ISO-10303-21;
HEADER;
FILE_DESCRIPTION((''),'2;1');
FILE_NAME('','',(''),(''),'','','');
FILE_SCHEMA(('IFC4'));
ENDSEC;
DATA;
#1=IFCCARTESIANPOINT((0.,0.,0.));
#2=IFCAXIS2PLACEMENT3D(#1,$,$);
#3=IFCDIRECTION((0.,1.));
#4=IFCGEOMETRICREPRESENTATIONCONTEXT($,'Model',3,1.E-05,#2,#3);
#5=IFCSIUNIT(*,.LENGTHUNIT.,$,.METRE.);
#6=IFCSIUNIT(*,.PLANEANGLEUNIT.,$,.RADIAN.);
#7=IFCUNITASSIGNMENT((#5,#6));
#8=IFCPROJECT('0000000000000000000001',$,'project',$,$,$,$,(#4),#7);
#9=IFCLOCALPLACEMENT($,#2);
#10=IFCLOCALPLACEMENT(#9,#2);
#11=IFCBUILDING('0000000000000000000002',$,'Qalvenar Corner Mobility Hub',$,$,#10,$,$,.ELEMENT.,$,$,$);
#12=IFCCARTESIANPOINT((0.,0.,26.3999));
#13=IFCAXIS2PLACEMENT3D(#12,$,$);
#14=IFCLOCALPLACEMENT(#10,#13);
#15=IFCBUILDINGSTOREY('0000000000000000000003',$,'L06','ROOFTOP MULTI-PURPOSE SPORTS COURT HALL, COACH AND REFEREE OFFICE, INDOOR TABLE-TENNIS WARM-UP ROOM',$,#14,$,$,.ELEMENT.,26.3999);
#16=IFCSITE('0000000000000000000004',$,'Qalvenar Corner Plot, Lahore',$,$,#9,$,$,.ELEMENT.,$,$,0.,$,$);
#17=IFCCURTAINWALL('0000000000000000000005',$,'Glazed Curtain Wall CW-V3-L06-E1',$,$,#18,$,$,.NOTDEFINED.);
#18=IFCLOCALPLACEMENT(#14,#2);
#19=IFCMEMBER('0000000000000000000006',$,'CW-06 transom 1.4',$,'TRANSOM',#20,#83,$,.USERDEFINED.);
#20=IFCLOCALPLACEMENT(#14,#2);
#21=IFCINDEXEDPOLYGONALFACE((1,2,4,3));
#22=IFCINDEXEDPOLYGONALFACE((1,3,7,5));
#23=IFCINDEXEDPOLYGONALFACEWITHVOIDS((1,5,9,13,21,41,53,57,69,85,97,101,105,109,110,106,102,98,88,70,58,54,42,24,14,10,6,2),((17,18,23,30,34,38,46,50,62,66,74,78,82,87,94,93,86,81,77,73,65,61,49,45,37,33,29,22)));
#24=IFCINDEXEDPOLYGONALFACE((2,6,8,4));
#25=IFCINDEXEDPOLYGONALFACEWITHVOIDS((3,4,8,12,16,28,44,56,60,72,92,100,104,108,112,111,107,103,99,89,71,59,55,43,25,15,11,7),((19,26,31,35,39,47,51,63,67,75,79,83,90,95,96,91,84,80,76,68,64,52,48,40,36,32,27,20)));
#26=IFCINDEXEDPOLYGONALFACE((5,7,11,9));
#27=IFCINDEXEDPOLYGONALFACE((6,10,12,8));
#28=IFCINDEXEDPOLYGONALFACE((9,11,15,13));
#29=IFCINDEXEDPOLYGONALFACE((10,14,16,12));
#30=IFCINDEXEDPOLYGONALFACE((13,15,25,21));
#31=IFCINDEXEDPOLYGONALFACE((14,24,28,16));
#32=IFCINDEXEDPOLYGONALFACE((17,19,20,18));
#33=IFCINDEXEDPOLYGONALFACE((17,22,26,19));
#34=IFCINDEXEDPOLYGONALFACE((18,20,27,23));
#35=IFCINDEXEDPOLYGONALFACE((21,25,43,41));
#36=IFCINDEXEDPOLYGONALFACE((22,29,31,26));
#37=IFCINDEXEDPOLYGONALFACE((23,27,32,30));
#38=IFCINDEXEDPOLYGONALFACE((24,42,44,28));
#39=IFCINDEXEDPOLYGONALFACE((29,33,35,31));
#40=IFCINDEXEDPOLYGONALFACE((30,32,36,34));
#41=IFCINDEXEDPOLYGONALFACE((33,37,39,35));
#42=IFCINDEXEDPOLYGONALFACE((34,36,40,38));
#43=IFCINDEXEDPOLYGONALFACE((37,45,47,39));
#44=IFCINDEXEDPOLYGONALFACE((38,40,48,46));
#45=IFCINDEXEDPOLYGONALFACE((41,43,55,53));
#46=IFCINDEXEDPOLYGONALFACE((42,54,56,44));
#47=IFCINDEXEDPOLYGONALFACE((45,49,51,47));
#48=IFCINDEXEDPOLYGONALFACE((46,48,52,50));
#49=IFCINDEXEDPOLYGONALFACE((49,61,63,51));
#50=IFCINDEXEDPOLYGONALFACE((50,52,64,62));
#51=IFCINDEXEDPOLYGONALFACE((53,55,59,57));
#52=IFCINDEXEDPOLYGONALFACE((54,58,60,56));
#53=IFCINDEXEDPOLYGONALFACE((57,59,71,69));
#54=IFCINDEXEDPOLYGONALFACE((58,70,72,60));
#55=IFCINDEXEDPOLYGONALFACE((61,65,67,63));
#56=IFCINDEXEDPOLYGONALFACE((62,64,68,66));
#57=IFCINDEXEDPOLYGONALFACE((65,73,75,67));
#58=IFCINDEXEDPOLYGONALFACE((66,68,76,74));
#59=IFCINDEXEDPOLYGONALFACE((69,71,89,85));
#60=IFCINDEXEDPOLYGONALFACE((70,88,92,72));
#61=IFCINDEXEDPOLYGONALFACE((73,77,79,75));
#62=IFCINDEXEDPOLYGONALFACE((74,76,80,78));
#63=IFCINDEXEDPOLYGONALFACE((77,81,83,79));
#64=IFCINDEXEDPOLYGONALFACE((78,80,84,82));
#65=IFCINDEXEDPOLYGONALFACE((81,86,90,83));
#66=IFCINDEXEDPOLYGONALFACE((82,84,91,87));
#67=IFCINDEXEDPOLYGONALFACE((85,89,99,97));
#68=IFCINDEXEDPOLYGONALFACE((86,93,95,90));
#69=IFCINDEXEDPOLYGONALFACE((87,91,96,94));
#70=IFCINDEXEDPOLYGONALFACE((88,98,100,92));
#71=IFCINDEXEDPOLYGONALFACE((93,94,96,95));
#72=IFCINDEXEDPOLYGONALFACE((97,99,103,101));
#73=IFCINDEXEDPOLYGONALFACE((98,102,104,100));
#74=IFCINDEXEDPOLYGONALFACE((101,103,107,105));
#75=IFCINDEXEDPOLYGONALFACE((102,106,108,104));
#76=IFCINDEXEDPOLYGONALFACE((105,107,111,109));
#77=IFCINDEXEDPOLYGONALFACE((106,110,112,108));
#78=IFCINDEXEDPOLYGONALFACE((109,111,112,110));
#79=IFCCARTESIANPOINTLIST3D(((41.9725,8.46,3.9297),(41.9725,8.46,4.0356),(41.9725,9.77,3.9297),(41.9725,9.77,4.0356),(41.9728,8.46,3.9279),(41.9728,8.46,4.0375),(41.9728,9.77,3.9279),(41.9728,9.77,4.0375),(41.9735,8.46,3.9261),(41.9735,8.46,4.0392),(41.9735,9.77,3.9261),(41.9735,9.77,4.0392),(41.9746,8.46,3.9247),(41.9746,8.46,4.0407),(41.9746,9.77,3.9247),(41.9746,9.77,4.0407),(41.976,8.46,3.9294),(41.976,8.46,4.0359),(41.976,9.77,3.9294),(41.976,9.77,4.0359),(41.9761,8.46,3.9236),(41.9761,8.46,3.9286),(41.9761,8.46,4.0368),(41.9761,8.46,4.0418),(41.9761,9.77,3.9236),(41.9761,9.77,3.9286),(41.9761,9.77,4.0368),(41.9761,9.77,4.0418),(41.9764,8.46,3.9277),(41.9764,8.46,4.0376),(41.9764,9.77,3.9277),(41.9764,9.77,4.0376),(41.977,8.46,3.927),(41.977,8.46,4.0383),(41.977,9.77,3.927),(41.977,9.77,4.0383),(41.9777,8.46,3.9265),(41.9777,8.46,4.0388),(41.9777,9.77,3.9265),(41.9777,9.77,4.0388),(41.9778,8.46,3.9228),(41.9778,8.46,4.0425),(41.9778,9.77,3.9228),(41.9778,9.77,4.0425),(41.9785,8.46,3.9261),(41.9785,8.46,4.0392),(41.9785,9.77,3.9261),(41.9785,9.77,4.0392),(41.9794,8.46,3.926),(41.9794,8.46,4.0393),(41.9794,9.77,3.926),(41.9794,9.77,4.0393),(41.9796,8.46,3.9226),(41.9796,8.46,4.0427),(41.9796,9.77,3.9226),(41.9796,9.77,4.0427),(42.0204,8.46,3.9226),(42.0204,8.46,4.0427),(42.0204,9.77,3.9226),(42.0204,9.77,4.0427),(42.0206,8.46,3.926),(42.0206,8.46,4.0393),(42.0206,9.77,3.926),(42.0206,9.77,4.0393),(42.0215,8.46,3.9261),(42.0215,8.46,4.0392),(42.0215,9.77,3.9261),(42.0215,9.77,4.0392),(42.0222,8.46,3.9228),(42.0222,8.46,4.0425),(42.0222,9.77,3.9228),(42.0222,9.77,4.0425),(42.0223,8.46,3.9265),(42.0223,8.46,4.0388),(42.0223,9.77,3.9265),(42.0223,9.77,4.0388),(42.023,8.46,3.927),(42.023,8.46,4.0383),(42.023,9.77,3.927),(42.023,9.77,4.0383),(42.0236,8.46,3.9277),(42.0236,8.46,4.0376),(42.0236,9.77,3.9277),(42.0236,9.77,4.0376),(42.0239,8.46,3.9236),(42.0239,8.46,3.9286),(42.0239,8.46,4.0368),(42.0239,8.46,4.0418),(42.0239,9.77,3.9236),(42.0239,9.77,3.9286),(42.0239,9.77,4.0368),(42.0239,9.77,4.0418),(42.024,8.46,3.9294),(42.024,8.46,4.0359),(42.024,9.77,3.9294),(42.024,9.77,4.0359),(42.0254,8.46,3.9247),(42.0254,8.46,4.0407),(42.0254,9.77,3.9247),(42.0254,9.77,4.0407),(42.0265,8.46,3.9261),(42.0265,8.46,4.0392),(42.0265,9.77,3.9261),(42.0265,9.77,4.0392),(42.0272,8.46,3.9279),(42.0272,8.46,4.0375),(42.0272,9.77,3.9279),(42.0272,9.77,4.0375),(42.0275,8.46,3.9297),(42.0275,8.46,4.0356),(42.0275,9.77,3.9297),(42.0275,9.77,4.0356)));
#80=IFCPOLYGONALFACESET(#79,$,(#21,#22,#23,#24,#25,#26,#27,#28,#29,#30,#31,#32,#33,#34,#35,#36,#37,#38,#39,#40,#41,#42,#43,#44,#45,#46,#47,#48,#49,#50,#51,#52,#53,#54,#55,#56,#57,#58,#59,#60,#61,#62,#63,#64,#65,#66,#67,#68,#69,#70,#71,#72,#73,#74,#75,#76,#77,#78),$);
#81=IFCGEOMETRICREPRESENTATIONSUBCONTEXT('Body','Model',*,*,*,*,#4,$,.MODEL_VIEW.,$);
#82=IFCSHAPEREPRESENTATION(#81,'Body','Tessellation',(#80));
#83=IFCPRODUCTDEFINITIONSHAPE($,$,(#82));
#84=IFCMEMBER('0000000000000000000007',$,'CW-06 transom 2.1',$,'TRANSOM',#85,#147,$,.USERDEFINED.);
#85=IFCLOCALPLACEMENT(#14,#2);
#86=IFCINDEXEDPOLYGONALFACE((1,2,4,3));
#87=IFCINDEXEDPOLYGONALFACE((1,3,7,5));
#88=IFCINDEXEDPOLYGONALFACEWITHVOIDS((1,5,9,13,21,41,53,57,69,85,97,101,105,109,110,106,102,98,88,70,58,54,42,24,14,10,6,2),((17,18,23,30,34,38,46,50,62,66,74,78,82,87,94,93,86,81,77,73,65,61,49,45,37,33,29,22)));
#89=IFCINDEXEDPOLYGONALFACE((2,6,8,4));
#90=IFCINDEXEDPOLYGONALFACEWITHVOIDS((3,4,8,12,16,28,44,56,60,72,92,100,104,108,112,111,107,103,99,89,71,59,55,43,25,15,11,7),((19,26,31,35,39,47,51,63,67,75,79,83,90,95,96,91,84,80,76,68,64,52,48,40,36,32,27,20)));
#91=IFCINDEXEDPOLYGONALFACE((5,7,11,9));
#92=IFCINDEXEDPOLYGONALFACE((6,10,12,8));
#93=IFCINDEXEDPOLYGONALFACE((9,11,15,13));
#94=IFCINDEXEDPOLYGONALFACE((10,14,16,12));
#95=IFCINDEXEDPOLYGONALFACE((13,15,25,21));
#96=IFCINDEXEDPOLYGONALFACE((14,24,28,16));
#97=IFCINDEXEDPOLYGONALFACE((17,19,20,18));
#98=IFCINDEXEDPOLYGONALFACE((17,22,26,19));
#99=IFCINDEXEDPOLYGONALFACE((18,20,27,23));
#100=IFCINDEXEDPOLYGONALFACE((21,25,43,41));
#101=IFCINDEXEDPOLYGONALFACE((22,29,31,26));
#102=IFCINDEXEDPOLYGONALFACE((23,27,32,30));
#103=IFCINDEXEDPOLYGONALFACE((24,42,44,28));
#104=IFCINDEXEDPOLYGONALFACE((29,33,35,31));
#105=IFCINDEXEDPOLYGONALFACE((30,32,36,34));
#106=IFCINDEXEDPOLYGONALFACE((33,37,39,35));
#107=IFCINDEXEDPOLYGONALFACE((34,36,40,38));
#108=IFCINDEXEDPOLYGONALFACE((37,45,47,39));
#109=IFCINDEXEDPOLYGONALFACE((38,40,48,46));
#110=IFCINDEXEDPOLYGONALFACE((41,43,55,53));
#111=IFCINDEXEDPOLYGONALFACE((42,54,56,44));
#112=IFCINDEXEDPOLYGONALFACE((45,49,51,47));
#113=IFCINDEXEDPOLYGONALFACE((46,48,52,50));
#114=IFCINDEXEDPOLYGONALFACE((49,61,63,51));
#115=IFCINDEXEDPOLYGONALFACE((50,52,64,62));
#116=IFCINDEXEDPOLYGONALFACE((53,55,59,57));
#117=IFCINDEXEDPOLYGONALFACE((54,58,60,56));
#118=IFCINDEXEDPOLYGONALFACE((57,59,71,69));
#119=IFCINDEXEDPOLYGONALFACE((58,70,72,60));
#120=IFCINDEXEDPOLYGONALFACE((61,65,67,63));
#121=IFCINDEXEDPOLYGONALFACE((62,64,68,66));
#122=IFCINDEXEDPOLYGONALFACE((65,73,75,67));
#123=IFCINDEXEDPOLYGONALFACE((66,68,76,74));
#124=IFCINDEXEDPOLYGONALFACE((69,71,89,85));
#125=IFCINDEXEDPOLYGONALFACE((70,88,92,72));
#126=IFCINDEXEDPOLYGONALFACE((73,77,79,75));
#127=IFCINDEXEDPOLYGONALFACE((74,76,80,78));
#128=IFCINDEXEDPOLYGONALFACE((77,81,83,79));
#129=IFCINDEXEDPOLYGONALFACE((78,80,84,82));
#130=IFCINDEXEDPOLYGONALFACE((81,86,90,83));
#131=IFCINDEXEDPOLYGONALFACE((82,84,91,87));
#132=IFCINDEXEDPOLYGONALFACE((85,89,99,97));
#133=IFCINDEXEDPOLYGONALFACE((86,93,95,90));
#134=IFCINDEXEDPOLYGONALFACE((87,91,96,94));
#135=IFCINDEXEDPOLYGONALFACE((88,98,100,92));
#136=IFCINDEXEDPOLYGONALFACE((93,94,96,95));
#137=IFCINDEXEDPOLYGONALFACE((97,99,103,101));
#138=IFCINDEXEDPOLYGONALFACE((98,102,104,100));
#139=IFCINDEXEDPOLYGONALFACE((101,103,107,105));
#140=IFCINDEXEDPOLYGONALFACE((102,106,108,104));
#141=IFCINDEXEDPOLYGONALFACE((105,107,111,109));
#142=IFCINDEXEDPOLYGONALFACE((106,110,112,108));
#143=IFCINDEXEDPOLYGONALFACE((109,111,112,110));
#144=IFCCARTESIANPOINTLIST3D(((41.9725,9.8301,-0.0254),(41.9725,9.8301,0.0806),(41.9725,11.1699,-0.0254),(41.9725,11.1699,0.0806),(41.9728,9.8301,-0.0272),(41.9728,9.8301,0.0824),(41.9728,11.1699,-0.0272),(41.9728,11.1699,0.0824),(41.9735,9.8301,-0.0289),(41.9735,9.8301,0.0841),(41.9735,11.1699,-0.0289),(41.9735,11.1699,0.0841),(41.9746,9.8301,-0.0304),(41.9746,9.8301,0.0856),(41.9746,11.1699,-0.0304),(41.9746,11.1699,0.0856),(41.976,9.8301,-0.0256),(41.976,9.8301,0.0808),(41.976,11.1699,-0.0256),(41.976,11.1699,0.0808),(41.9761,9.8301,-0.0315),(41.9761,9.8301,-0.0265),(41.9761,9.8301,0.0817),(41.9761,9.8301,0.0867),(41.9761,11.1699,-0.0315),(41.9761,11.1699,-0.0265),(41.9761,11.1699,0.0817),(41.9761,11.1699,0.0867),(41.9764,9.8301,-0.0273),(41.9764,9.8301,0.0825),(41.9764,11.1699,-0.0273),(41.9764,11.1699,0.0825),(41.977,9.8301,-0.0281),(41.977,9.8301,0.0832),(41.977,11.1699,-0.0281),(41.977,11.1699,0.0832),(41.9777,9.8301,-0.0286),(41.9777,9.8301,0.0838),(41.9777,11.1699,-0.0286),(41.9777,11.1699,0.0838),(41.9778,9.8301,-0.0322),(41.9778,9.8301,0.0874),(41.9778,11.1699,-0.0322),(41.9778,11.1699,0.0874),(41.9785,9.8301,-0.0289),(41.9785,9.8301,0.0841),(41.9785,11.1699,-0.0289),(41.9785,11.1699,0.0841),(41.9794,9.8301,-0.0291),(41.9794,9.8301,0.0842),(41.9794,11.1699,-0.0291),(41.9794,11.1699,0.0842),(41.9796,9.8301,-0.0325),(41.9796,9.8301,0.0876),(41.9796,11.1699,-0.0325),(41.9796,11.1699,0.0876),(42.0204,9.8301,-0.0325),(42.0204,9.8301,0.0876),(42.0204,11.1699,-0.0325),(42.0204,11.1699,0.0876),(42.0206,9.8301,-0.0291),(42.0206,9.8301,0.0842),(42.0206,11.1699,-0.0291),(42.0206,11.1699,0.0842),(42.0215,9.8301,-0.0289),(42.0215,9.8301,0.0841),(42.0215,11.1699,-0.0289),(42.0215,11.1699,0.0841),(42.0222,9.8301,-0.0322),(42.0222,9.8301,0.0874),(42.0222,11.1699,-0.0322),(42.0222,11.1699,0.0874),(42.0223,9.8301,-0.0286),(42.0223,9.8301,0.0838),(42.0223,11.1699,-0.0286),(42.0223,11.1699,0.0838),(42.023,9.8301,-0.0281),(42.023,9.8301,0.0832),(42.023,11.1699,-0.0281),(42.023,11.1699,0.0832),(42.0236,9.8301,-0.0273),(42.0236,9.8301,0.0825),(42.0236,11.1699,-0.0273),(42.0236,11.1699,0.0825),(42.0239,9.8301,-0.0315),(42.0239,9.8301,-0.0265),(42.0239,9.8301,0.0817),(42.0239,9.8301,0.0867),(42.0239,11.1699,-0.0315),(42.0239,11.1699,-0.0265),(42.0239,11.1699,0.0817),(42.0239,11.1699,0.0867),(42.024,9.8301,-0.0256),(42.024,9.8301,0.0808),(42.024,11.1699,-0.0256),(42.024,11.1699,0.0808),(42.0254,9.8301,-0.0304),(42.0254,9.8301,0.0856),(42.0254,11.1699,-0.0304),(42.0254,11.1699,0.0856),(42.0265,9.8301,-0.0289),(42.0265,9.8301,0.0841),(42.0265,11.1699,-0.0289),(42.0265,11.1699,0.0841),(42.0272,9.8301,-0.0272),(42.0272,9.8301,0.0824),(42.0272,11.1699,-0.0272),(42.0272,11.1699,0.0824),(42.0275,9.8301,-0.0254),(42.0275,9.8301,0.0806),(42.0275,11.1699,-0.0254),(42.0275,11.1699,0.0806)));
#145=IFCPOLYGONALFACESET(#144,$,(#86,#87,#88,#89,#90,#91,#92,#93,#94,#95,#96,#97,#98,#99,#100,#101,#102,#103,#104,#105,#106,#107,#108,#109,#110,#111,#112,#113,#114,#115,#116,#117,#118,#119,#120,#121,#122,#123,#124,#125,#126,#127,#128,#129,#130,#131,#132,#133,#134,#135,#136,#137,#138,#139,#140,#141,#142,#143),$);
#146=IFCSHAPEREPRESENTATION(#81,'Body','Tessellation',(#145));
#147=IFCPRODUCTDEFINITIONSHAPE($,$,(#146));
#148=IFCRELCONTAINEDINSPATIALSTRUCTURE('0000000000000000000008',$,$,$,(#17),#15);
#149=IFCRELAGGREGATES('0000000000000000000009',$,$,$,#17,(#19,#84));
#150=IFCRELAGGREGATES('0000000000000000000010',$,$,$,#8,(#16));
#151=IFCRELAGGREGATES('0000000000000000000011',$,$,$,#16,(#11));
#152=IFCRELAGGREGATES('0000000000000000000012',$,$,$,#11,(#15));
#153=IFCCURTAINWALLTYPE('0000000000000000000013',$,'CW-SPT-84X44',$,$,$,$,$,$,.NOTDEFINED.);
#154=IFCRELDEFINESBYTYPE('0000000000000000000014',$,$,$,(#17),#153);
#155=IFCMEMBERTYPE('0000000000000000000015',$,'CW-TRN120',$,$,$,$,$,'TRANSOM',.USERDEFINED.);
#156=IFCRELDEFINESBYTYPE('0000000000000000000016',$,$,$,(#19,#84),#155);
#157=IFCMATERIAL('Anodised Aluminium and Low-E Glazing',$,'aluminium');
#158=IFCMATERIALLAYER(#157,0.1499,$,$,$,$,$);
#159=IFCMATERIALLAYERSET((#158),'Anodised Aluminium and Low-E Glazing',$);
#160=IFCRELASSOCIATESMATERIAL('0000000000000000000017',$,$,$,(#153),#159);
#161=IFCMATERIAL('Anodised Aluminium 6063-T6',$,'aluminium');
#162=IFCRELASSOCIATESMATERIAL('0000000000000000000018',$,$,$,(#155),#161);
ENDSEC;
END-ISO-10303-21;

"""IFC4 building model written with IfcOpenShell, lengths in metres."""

from ifc_helpers import new_model, si_unit, direction, frame, origin, origin_2d, place, context, subcontext, project, spatial, hollow_rectangle, extrude, material, layer, layer_set, material_profile, profile_set, type_object, element, aggregate, save


model = new_model("IFC4")

# Units and contexts
model_context = context("Model", 3, precision=1e-05, world=origin(), true_north=direction((0.0, 1.0)))
body_context = subcontext(model_context, "Body", "Model", "MODEL_VIEW")
ifc_project = project(units=[si_unit("LENGTHUNIT", "METRE"), si_unit("PLANEANGLEUNIT", "RADIAN")], contexts=[model_context])

# Site, building, storey
site_placement = place(None, origin())
site = spatial("IfcSite", under=ifc_project, at=site_placement, Name="Qalvenar Corner Plot, Lahore", CompositionType="ELEMENT", RefElevation=0.0)
building_placement = place(site_placement, origin())
building = spatial("IfcBuilding", under=site, at=building_placement, Name="Qalvenar Corner Mobility Hub", CompositionType="ELEMENT")
storey_placement = place(building_placement, frame((0.0, 0.0, 26.3999)))
storey = spatial("IfcBuildingStorey", under=building, at=storey_placement, Name="L06", Description="ROOFTOP MULTI-PURPOSE SPORTS COURT HALL, COACH AND REFEREE OFFICE, INDOOR TABLE-TENNIS WARM-UP ROOM", CompositionType="ELEMENT", Elevation=26.3999)

# Curtain wall
ifc_material_1 = material(Name="Anodised Aluminium and Low-E Glazing", Category="aluminium")
ifc_material_2 = material(Name="Anodised Aluminium 6063-T6", Category="aluminium")
ifc_layer_1 = layer(ifc_material_1, 0.1499)
ifc_layer_set_1 = layer_set([ifc_layer_1], Name="Anodised Aluminium and Low-E Glazing")
curtain_wall_type_1 = type_object("IfcCurtainWallType", Name="CW-SPT-84X44", PredefinedType="NOTDEFINED", material=ifc_layer_set_1)
curtain_wall_1_placement = place(storey_placement, origin())
curtain_wall_1 = element("IfcCurtainWall", 1, at=curtain_wall_1_placement, inside=storey, type_object=curtain_wall_type_1, Name="Glazed Curtain Wall CW-V3-L06-E1", PredefinedType="NOTDEFINED")

# Members
ifc_material_profile_1 = material_profile(ifc_material_2, hollow_rectangle(XDim=0.0549, YDim=0.1201, WallThickness=0.0034, InnerFilletRadius=0.0034, OuterFilletRadius=0.0071, at=origin_2d()), Name="RHS120x55x3.5")
ifc_profile_set_1 = profile_set([ifc_material_profile_1], Name="Anodised Aluminium 6063-T6")
member_type_1 = type_object("IfcMemberType", Name="CW-TRN120", ElementType="TRANSOM", PredefinedType="USERDEFINED", material=ifc_profile_set_1)
member_1_placement = place(storey_placement, frame((42.0, 8.46, 3.9827), z_axis=(0.0, 1.0, 0.0), x_axis=(-1.0, 0.0, 0.0)))
member_1 = element("IfcMember", 2, at=member_1_placement, type_object=member_type_1, Name="CW-06 transom 1.4", ObjectType="TRANSOM", PredefinedType="USERDEFINED", context=body_context, shape_type="SweptSolid", body=[
    extrude(hollow_rectangle(XDim=0.0549, YDim=0.1201, WallThickness=0.0034, InnerFilletRadius=0.0034, OuterFilletRadius=0.0071, at=origin_2d()), origin(), (0.0, 0.0, 1.0), 1.3101),
])
member_2_placement = place(storey_placement, frame((42.0, 9.8301, 0.0276), z_axis=(0.0, 1.0, 0.0), x_axis=(-1.0, 0.0, 0.0)))
member_2 = element("IfcMember", 3, at=member_2_placement, type_object=member_type_1, Name="CW-06 transom 2.1", ObjectType="TRANSOM", PredefinedType="USERDEFINED", context=body_context, shape_type="SweptSolid", body=[
    extrude(hollow_rectangle(XDim=0.0549, YDim=0.1201, WallThickness=0.0034, InnerFilletRadius=0.0034, OuterFilletRadius=0.0071, at=origin_2d()), origin(), (0.0, 0.0, 1.0), 1.3398),
])

aggregate(curtain_wall_1, [member_1, member_2])

save(model, "model.ifc")
